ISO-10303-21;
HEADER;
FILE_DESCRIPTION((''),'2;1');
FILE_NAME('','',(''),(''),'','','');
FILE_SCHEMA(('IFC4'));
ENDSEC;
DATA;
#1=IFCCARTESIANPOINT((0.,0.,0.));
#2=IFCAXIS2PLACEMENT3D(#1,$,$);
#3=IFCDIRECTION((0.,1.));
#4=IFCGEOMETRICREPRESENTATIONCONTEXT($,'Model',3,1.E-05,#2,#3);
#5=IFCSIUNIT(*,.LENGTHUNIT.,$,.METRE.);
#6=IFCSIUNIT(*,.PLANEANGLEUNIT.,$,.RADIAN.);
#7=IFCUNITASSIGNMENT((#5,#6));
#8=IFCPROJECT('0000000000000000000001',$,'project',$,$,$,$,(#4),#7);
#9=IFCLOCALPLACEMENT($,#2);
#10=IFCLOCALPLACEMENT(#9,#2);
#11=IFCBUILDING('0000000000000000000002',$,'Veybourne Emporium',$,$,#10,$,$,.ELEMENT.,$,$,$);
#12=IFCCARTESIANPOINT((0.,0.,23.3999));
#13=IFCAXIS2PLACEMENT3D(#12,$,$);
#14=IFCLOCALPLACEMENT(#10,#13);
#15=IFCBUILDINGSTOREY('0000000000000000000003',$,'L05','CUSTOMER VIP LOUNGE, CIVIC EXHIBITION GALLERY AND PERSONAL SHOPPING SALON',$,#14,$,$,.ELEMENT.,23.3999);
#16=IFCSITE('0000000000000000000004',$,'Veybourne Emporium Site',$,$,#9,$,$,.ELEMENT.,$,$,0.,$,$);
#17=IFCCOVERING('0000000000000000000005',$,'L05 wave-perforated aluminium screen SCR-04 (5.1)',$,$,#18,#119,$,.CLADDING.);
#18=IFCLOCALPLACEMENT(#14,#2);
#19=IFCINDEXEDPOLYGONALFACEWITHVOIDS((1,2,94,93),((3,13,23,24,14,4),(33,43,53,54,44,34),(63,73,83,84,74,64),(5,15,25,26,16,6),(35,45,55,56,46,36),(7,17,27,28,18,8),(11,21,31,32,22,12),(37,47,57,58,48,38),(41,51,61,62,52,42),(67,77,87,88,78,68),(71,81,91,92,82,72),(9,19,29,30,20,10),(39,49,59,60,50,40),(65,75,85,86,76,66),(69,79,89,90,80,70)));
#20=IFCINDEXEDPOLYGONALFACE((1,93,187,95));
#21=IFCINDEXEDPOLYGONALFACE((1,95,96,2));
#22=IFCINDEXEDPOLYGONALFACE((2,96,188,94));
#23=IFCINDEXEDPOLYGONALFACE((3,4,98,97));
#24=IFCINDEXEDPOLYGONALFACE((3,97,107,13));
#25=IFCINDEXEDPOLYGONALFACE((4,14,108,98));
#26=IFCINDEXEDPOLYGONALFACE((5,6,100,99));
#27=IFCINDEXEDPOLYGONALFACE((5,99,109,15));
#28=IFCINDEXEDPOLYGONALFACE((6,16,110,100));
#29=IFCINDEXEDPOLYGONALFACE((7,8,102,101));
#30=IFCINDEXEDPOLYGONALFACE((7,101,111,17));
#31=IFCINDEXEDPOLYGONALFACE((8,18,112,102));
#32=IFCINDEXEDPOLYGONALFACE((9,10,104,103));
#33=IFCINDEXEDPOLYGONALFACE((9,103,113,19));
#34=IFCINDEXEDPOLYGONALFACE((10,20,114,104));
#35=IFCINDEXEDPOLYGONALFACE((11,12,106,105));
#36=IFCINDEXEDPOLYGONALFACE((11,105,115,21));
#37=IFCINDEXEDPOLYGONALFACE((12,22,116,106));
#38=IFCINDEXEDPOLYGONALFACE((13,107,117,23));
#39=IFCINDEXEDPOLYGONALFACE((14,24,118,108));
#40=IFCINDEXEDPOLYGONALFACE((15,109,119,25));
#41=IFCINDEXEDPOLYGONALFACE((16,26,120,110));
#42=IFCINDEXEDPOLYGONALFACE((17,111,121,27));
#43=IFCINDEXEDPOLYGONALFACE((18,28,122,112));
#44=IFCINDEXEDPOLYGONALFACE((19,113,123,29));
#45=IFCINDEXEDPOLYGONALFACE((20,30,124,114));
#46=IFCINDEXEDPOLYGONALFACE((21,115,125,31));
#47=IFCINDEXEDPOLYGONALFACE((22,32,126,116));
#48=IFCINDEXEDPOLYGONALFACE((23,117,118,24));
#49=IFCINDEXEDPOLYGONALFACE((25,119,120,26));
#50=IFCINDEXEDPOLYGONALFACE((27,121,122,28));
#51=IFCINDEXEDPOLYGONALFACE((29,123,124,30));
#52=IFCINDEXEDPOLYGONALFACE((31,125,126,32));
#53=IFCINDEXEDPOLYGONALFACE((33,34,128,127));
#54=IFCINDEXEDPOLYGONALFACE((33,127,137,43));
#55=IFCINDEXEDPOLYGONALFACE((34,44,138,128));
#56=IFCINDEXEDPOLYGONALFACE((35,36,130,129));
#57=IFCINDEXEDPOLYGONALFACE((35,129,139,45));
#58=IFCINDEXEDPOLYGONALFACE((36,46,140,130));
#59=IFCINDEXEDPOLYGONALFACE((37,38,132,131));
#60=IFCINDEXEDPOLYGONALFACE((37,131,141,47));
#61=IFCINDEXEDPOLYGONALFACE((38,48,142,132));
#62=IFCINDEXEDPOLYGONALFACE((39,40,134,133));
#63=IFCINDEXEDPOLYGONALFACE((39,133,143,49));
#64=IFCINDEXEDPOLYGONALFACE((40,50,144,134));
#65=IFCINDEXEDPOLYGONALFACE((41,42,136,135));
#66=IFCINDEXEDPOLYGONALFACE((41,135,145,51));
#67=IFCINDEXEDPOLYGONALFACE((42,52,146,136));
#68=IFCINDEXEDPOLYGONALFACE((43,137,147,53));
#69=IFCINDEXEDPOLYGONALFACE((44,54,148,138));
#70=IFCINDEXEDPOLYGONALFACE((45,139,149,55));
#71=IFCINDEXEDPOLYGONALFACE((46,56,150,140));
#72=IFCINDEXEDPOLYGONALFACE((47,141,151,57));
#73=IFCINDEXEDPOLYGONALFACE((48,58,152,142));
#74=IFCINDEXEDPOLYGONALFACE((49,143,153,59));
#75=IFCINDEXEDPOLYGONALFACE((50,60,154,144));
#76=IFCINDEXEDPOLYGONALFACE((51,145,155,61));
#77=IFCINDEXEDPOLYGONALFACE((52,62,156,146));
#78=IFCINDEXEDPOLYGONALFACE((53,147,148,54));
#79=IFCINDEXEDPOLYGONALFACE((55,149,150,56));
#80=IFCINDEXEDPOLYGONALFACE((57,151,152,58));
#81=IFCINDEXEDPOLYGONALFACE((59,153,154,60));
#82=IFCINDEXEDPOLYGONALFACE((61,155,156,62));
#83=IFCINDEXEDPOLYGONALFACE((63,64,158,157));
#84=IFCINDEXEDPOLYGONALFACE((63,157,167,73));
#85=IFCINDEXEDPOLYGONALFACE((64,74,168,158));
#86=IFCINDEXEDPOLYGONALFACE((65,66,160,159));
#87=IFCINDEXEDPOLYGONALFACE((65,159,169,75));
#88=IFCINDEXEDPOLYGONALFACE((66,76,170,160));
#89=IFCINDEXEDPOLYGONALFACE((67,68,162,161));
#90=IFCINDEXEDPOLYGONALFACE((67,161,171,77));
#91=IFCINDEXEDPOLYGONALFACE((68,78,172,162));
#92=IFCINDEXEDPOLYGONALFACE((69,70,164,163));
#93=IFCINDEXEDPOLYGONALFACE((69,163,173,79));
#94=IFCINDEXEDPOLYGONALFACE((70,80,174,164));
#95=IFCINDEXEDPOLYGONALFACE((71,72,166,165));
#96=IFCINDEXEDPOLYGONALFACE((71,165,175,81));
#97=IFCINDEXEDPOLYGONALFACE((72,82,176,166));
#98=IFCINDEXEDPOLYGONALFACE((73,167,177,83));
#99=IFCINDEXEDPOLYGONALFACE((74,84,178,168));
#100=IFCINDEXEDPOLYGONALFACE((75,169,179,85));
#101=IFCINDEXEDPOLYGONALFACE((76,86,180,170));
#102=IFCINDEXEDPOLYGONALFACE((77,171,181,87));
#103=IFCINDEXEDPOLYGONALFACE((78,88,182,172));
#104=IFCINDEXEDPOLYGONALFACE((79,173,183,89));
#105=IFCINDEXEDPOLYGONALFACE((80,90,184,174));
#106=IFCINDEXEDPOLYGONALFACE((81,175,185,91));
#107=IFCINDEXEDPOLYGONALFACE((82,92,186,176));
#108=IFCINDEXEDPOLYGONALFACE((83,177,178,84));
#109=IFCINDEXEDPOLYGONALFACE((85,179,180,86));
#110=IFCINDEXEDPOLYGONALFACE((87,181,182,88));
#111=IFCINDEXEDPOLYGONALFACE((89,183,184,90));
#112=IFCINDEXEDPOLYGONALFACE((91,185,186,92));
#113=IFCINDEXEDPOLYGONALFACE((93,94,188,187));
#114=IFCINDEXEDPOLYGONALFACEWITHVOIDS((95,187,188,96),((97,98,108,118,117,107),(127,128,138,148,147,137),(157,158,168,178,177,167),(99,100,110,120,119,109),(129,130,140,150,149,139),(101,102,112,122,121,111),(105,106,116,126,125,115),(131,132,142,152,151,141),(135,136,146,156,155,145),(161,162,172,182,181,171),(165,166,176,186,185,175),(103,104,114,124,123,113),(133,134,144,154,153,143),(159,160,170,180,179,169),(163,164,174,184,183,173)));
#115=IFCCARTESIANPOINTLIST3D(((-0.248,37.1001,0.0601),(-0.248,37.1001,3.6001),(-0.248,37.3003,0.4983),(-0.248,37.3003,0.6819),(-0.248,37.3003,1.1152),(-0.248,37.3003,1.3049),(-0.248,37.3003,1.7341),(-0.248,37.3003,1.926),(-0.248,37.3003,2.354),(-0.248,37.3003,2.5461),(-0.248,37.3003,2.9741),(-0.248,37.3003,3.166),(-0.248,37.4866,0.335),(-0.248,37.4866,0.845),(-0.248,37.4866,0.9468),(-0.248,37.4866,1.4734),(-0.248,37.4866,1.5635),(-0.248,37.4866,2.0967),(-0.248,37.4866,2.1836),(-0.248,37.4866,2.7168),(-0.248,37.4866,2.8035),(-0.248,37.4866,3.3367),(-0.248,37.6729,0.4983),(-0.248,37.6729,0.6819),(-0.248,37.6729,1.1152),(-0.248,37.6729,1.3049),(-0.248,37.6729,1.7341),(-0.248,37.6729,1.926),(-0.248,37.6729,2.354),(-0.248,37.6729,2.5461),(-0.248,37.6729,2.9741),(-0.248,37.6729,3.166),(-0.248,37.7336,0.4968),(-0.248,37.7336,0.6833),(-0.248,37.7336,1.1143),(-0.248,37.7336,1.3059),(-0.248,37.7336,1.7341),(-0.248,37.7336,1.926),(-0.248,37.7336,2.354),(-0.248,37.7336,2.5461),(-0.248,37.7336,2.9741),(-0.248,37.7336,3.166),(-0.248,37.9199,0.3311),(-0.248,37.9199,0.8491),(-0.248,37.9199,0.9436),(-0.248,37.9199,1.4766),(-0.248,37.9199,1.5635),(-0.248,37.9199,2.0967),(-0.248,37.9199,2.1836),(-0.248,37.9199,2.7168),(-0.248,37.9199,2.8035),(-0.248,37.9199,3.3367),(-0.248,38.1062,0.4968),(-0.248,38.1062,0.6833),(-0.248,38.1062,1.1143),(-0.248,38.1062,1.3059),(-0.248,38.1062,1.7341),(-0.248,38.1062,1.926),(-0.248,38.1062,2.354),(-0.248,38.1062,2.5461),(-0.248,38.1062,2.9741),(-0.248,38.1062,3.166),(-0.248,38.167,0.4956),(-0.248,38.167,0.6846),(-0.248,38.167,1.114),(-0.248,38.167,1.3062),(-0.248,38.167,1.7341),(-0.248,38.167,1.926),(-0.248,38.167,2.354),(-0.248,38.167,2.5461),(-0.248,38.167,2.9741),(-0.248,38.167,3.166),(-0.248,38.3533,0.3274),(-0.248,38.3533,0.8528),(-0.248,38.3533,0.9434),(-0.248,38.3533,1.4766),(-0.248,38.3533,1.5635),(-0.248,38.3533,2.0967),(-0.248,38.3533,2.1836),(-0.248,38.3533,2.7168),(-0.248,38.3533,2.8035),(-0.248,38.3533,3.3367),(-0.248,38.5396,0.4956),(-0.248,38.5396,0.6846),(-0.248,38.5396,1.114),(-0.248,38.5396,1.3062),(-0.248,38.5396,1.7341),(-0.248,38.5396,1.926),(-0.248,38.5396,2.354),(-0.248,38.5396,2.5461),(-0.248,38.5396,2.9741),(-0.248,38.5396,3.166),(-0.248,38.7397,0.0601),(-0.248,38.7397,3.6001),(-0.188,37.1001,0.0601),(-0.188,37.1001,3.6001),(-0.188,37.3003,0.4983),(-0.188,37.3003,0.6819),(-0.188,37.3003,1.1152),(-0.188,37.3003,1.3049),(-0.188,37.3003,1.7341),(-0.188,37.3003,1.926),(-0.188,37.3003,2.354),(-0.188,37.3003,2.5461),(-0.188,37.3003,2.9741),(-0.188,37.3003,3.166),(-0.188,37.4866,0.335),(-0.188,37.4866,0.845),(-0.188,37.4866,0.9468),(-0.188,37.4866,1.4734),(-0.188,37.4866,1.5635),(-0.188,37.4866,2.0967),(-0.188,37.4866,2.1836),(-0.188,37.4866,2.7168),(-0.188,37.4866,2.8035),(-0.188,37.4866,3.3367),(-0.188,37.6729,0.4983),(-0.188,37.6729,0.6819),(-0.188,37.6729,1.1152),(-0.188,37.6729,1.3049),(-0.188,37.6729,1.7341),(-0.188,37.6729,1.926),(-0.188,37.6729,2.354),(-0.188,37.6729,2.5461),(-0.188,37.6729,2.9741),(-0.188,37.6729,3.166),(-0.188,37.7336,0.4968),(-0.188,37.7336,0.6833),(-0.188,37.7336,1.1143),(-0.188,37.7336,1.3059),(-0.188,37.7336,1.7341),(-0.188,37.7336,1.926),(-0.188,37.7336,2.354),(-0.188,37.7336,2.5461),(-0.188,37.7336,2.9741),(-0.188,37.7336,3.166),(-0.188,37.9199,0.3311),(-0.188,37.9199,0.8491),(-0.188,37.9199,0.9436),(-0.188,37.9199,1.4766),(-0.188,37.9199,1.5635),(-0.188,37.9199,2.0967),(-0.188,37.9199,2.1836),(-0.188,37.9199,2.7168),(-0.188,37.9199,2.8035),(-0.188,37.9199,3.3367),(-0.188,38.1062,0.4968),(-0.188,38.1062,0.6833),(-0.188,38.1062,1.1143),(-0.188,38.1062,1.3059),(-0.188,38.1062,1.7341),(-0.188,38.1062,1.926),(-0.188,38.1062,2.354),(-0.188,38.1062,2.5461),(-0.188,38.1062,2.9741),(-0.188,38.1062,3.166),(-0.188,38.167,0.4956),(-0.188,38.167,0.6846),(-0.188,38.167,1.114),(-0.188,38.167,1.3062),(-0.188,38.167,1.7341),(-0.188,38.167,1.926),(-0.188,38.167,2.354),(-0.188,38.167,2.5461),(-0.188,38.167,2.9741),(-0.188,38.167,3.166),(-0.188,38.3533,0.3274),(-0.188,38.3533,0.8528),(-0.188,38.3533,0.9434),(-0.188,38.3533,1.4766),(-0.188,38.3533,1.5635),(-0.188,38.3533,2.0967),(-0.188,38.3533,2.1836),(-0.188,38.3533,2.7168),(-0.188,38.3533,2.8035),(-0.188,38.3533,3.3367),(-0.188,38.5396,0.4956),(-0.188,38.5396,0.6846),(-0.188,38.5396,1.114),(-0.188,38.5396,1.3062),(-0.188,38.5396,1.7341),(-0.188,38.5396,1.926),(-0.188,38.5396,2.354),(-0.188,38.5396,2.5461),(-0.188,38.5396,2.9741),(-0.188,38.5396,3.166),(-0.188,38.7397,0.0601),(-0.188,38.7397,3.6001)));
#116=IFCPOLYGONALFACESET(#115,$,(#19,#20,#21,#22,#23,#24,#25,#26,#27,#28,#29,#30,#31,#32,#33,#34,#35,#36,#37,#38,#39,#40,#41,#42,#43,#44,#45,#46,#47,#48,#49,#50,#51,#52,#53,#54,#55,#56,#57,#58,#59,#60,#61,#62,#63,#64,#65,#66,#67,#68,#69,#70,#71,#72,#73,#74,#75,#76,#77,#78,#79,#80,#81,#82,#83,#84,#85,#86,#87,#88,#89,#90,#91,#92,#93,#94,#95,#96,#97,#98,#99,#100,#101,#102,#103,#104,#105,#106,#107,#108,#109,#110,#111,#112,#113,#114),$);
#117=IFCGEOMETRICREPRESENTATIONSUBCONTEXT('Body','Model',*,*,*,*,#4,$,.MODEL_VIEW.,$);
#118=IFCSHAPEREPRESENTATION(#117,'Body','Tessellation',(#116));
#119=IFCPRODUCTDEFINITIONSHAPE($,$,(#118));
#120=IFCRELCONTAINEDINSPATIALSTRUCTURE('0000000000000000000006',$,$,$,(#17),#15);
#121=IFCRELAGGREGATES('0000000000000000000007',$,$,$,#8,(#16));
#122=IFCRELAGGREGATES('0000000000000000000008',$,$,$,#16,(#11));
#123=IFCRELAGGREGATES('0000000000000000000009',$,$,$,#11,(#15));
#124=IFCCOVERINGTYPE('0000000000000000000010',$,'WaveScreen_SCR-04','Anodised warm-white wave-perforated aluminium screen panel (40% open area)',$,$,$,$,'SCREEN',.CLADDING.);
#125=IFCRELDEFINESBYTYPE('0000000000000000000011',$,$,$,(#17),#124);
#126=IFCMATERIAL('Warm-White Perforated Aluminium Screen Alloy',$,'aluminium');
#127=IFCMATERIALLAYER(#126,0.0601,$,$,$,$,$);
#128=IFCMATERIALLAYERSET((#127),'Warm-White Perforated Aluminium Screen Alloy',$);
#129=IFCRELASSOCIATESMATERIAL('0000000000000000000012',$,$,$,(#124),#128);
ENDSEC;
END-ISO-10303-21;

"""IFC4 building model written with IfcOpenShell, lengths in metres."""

from ifc_helpers import new_model, si_unit, direction, frame, origin, place, context, subcontext, project, spatial, polyline, outline, extrude, material, layer, layer_set, type_object, element, save


model = new_model("IFC4")

# Units and contexts
model_context = context("Model", 3, precision=1e-05, world=origin(), true_north=direction((0.0, 1.0)))
body_context = subcontext(model_context, "Body", "Model", "MODEL_VIEW")
ifc_project = project(units=[si_unit("LENGTHUNIT", "METRE"), si_unit("PLANEANGLEUNIT", "RADIAN")], contexts=[model_context])

# Site, building, storey
site_placement = place(None, origin())
site = spatial("IfcSite", under=ifc_project, at=site_placement, Name="Veybourne Emporium Site", CompositionType="ELEMENT", RefElevation=0.0)
building_placement = place(site_placement, origin())
building = spatial("IfcBuilding", under=site, at=building_placement, Name="Veybourne Emporium", CompositionType="ELEMENT")
storey_placement = place(building_placement, frame((0.0, 0.0, 23.3999)))
storey = spatial("IfcBuildingStorey", under=building, at=storey_placement, Name="L05", Description="CUSTOMER VIP LOUNGE, CIVIC EXHIBITION GALLERY AND PERSONAL SHOPPING SALON", CompositionType="ELEMENT", Elevation=23.3999)

# Covering
ifc_material_1 = material(Name="Warm-White Perforated Aluminium Screen Alloy", Category="aluminium")
ifc_layer_1 = layer(ifc_material_1, 0.0601)
ifc_layer_set_1 = layer_set([ifc_layer_1], Name="Warm-White Perforated Aluminium Screen Alloy")
covering_type_1 = type_object("IfcCoveringType", Name="WaveScreen_SCR-04", Description="Anodised warm-white wave-perforated aluminium screen panel (40% open area)", ElementType="SCREEN", PredefinedType="CLADDING", material=ifc_layer_set_1)
covering_1_placement = place(storey_placement, frame((-0.248, 37.9199, 1.8301), z_axis=(1.0, 0.0, 0.0), x_axis=(0.0, 1.0, 0.0)))
element("IfcCovering", 1, at=covering_1_placement, inside=storey, type_object=covering_type_1, Name="L05 wave-perforated aluminium screen SCR-04 (5.1)", PredefinedType="CLADDING", context=body_context, shape_type="SweptSolid", body=[
    extrude(outline(polyline([(-0.8198, -1.77), (0.8198, -1.77), (0.8198, 1.77), (-0.8198, 1.77), (-0.8198, -1.77)]), holes=[polyline([(-0.4333, -0.9851), (-0.2471, -1.1482), (-0.2471, -1.3318), (-0.4333, -1.4951), (-0.6196, -1.3318), (-0.6196, -1.1482), (-0.4333, -0.9851)]), polyline([(-0.4333, -0.3567), (-0.2471, -0.5251), (-0.2471, -0.7148), (-0.4333, -0.8833), (-0.6196, -0.7148), (-0.6196, -0.5251), (-0.4333, -0.3567)]), polyline([(-0.4333, 0.2666), (-0.2471, 0.0959), (-0.2471, -0.0959), (-0.4333, -0.2666), (-0.6196, -0.0959), (-0.6196, 0.0959), (-0.4333, 0.2666)]), polyline([(-0.4333, 0.8867), (-0.2471, 0.7161), (-0.2471, 0.5239), (-0.4333, 0.3535), (-0.6196, 0.5239), (-0.6196, 0.7161), (-0.4333, 0.8867)]), polyline([(-0.4333, 1.5066), (-0.2471, 1.3359), (-0.2471, 1.144), (-0.4333, 0.9734), (-0.6196, 1.144), (-0.6196, 1.3359), (-0.4333, 1.5066)]), polyline([(0.0, -0.981), (0.1863, -1.1467), (0.1863, -1.3333), (0.0, -1.499), (-0.1863, -1.3333), (-0.1863, -1.1467), (0.0, -0.981)]), polyline([(0.0, -0.3535), (0.1863, -0.5242), (0.1863, -0.7158), (0.0, -0.8865), (-0.1863, -0.7158), (-0.1863, -0.5242), (0.0, -0.3535)]), polyline([(0.0, 0.2666), (0.1863, 0.0959), (0.1863, -0.0959), (0.0, -0.2666), (-0.1863, -0.0959), (-0.1863, 0.0959), (0.0, 0.2666)]), polyline([(0.0, 0.8867), (0.1863, 0.7161), (0.1863, 0.5239), (0.0, 0.3535), (-0.1863, 0.5239), (-0.1863, 0.7161), (0.0, 0.8867)]), polyline([(0.0, 1.5066), (0.1863, 1.3359), (0.1863, 1.144), (0.0, 0.9734), (-0.1863, 1.144), (-0.1863, 1.3359), (0.0, 1.5066)]), polyline([(0.4333, -0.9773), (0.6196, -1.1455), (0.6196, -1.3345), (0.4333, -1.5027), (0.2471, -1.3345), (0.2471, -1.1455), (0.4333, -0.9773)]), polyline([(0.4333, -0.3535), (0.6196, -0.5239), (0.6196, -0.7161), (0.4333, -0.8867), (0.2471, -0.7161), (0.2471, -0.5239), (0.4333, -0.3535)]), polyline([(0.4333, 0.2666), (0.6196, 0.0959), (0.6196, -0.0959), (0.4333, -0.2666), (0.2471, -0.0959), (0.2471, 0.0959), (0.4333, 0.2666)]), polyline([(0.4333, 0.8867), (0.6196, 0.7161), (0.6196, 0.5239), (0.4333, 0.3535), (0.2471, 0.5239), (0.2471, 0.7161), (0.4333, 0.8867)]), polyline([(0.4333, 1.5066), (0.6196, 1.3359), (0.6196, 1.144), (0.4333, 0.9734), (0.2471, 1.144), (0.2471, 1.3359), (0.4333, 1.5066)])]), origin(), (0.0, 0.0, 1.0), 0.0601),
])

save(model, "model.ifc")
